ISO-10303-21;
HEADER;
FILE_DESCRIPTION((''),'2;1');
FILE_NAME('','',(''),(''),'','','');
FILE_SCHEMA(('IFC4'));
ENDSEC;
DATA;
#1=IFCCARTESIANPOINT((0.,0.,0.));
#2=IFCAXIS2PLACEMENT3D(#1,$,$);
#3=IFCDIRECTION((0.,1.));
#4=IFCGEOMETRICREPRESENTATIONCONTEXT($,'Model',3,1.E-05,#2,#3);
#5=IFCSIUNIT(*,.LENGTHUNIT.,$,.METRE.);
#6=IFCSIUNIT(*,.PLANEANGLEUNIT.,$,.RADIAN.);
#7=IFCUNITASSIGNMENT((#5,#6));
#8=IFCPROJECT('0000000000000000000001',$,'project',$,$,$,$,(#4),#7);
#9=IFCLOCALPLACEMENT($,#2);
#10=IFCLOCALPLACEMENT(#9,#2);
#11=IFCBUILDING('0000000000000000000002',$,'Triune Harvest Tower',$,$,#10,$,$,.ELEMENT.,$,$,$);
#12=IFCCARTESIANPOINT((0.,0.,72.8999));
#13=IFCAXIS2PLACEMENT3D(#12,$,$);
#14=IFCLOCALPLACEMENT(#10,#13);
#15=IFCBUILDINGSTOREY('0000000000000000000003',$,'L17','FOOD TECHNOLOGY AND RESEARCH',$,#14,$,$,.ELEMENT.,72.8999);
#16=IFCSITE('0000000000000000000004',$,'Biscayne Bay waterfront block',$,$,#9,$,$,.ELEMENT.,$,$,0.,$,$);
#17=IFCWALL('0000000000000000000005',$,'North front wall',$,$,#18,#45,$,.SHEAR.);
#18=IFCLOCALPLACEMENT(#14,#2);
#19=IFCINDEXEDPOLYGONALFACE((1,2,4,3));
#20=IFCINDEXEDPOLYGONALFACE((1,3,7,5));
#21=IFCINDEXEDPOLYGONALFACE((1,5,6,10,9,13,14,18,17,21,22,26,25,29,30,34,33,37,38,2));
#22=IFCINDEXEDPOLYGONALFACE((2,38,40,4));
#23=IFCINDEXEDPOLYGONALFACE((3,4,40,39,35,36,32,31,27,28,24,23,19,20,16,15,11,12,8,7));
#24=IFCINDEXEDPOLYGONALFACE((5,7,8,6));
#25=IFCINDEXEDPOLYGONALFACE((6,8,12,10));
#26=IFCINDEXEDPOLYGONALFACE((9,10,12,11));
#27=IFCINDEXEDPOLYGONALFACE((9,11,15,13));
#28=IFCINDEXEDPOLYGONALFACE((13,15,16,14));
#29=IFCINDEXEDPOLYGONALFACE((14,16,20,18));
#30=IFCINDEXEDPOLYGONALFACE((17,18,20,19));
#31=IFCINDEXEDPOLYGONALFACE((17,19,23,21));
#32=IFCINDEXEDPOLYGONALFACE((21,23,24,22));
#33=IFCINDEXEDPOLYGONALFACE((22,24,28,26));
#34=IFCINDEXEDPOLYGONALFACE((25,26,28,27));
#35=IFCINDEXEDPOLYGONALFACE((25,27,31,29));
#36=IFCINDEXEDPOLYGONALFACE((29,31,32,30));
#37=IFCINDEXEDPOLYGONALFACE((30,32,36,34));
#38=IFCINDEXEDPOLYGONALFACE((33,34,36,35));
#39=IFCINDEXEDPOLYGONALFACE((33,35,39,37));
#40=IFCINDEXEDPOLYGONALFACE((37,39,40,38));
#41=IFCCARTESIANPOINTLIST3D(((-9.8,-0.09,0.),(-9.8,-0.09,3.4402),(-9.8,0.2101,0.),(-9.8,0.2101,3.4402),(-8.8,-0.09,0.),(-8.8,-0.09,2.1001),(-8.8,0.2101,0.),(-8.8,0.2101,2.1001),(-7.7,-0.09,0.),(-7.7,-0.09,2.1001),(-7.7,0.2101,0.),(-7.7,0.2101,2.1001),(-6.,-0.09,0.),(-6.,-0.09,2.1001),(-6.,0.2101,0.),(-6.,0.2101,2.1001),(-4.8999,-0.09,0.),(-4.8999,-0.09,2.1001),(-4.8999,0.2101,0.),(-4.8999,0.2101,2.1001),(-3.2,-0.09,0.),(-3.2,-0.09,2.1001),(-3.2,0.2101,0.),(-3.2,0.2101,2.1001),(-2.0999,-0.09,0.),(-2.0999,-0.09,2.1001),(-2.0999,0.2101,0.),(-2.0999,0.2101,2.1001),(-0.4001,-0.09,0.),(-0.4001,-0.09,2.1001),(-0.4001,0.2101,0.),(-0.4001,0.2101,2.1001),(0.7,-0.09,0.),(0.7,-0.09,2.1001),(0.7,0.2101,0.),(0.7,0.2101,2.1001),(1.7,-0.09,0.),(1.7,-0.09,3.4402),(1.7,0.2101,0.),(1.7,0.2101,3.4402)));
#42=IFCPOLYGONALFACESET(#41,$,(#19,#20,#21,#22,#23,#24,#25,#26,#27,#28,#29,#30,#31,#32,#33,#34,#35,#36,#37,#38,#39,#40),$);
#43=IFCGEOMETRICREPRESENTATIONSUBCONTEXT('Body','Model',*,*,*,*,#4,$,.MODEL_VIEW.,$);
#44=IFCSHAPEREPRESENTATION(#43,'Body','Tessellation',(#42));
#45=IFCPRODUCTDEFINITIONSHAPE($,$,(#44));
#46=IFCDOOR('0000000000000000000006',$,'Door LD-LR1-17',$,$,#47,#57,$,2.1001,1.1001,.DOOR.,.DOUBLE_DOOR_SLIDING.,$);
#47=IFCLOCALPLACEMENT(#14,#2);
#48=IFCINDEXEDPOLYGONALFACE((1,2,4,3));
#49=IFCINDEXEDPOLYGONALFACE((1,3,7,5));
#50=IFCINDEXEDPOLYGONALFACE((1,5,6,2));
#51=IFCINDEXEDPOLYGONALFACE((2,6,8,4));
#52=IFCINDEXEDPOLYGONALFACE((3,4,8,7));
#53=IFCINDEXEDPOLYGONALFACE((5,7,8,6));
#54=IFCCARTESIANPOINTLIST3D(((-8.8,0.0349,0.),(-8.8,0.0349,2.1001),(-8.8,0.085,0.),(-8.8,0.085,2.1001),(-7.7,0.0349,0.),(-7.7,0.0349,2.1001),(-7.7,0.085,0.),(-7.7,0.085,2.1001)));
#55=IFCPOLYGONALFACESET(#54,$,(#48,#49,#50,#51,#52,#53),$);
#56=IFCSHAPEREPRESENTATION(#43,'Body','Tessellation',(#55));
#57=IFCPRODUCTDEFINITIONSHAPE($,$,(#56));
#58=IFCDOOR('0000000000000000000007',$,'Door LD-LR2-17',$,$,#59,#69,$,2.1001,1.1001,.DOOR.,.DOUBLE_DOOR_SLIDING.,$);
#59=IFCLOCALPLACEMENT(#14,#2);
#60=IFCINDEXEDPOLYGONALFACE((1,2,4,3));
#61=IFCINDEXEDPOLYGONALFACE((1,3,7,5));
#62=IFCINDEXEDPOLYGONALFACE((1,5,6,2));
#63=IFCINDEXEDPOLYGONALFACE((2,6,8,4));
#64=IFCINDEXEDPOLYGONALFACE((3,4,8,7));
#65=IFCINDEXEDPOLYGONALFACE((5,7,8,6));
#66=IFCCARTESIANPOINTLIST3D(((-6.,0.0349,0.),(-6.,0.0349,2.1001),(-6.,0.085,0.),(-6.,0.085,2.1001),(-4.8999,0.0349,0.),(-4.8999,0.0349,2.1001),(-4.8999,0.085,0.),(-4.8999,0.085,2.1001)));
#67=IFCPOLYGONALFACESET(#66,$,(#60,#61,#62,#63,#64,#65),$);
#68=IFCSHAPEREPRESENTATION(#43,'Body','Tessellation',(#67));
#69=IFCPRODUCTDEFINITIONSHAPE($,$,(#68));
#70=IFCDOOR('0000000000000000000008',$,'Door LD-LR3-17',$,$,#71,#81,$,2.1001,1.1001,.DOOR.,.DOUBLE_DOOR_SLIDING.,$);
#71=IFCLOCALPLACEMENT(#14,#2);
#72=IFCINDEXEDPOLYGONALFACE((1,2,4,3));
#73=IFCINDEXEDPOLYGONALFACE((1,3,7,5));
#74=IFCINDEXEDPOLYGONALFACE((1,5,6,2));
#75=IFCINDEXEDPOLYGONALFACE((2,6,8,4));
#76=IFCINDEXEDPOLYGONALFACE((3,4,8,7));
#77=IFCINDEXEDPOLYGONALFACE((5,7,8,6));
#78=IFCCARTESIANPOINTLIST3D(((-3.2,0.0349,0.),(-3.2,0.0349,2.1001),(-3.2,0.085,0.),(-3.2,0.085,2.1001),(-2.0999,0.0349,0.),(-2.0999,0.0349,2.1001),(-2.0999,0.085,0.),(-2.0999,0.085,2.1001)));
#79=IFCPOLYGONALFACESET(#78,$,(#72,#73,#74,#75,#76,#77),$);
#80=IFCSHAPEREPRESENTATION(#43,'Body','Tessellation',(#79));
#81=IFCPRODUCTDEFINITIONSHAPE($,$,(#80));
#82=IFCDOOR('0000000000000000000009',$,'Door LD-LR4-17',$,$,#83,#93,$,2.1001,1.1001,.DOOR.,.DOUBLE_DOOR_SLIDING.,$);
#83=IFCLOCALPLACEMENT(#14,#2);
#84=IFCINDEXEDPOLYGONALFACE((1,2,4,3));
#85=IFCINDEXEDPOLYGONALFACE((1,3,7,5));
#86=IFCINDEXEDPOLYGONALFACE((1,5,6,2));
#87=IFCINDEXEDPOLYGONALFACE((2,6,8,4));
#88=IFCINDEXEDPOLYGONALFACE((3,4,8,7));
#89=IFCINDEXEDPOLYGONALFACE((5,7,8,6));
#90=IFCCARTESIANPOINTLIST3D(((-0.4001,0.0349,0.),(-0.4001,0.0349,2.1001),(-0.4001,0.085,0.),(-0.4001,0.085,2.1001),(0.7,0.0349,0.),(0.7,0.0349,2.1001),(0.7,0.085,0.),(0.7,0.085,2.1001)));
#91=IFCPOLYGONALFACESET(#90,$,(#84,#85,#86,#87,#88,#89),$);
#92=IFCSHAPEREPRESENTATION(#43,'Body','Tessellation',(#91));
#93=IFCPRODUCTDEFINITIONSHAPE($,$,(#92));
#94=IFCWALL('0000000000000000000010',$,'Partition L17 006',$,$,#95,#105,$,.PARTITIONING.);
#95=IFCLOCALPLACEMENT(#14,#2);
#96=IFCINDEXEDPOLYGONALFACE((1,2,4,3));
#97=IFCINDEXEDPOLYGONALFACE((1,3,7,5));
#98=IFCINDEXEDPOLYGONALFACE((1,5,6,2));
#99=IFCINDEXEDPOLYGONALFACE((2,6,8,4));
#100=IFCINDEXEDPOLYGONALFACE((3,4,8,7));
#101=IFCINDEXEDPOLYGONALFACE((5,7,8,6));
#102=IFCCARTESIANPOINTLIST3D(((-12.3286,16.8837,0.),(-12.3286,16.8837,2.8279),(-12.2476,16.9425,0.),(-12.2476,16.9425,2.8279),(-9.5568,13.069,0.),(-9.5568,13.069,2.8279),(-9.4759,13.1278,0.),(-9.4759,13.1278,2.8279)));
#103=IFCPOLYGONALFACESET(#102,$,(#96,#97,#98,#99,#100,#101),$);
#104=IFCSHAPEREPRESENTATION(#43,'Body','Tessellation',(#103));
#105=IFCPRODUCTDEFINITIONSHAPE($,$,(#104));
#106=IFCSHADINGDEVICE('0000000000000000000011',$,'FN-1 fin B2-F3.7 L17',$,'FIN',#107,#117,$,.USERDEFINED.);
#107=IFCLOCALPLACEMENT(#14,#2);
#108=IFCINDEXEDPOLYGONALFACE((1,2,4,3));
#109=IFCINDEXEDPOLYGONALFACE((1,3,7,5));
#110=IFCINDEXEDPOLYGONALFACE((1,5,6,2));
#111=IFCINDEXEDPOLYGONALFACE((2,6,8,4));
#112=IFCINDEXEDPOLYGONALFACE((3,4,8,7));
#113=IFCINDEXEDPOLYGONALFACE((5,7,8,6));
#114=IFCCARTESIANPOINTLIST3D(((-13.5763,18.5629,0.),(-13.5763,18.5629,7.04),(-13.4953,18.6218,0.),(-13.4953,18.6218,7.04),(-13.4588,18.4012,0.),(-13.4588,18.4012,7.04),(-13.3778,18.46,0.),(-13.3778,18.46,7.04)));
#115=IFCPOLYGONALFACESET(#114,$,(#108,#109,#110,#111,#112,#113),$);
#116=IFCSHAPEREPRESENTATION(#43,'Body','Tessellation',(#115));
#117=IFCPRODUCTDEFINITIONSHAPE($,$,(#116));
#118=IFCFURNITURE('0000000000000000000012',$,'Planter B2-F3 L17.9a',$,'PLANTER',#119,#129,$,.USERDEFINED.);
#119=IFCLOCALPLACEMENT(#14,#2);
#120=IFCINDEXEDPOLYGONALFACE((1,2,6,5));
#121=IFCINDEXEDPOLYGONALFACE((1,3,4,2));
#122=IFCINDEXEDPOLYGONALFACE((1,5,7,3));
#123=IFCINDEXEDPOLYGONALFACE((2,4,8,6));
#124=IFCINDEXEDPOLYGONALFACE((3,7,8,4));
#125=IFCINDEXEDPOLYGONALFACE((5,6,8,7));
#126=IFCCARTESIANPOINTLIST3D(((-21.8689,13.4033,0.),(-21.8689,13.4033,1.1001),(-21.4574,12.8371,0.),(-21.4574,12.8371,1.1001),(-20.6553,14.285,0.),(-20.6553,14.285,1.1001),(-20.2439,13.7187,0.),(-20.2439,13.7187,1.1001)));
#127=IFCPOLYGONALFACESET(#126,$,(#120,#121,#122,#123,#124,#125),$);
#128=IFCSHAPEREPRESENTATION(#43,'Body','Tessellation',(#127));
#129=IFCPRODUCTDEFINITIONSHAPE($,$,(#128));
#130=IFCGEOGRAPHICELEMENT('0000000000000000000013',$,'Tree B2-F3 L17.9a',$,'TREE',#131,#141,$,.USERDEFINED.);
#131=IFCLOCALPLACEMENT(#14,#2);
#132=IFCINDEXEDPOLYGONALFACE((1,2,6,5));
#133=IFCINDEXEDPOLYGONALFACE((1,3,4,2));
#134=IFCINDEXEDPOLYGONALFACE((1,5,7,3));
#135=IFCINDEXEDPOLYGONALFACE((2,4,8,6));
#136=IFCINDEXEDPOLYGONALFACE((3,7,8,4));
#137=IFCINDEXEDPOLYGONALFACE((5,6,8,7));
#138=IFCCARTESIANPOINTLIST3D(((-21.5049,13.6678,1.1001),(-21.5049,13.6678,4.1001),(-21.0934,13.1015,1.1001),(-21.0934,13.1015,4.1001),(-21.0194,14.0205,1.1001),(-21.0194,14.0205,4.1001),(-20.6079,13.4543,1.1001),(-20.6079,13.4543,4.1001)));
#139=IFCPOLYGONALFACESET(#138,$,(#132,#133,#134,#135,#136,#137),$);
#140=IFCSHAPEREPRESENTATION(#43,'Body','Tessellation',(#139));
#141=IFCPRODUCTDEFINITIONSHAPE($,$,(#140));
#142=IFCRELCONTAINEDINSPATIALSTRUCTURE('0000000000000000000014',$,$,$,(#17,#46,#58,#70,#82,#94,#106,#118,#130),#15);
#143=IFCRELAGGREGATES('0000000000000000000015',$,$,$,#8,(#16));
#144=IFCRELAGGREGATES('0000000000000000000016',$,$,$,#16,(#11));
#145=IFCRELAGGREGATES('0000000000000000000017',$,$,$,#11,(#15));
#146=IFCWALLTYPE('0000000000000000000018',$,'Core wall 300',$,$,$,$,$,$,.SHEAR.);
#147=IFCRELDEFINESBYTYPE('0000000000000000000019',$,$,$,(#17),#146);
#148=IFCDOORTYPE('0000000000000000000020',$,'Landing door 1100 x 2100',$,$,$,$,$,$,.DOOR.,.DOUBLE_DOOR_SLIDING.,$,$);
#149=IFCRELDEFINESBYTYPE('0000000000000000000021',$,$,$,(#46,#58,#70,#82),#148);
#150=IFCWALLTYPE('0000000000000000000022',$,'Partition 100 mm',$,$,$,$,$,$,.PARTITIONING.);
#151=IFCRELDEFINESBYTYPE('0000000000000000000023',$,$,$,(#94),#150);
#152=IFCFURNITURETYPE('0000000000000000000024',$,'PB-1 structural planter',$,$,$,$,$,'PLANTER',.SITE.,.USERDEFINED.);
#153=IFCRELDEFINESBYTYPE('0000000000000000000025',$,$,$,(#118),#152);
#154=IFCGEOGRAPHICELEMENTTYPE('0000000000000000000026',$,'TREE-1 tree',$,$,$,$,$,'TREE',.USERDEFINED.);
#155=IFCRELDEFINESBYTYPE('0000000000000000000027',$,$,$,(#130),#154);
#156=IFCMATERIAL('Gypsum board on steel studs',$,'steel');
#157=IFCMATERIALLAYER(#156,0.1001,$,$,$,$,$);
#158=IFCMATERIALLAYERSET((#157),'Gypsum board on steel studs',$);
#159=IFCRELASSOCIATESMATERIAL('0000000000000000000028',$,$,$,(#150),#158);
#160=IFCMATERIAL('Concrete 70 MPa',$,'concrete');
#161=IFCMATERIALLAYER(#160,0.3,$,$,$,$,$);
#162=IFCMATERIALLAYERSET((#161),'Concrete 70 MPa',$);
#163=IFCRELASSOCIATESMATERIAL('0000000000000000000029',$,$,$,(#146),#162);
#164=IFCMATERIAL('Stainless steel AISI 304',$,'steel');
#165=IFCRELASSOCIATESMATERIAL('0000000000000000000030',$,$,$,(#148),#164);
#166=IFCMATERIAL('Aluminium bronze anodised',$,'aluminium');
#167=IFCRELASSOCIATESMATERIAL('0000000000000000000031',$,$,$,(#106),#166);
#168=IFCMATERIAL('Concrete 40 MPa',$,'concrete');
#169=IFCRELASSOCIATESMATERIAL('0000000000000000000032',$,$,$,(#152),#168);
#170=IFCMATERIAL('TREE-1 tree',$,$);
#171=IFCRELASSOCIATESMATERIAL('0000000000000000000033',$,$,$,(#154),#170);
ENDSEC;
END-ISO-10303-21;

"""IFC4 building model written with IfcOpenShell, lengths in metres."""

from ifc_helpers import new_model, si_unit, direction, frame, frame_2d, origin, origin_2d, place, context, subcontext, project, spatial, rectangle, extrude, source, transform, mapped, material, layer, layer_set, type_object, element, fill, save


model = new_model("IFC4")

# Units and contexts
model_context = context("Model", 3, precision=1e-05, world=origin(), true_north=direction((0.0, 1.0)))
body_context = subcontext(model_context, "Body", "Model", "MODEL_VIEW")
ifc_project = project(units=[si_unit("LENGTHUNIT", "METRE"), si_unit("PLANEANGLEUNIT", "RADIAN")], contexts=[model_context])

# Site, building, storey
site_placement = place(None, origin())
site = spatial("IfcSite", under=ifc_project, at=site_placement, Name="Biscayne Bay waterfront block", CompositionType="ELEMENT", RefElevation=0.0)
building_placement = place(site_placement, origin())
building = spatial("IfcBuilding", under=site, at=building_placement, Name="Triune Harvest Tower", CompositionType="ELEMENT")
storey_placement = place(building_placement, frame((0.0, 0.0, 72.8999)))
storey = spatial("IfcBuildingStorey", under=building, at=storey_placement, Name="L17", Description="FOOD TECHNOLOGY AND RESEARCH", CompositionType="ELEMENT", Elevation=72.8999)

# Shared definitions
ifc_material_1 = material(Name="Gypsum board on steel studs", Category="steel")
ifc_layer_1 = layer(ifc_material_1, 0.1001)
ifc_layer_set_1 = layer_set([ifc_layer_1], Name="Gypsum board on steel studs")
wall_type_1 = type_object("IfcWallType", Name="Partition 100 mm", PredefinedType="PARTITIONING", material=ifc_layer_set_1)

# Wall, openings, doors
ifc_material_2 = material(Name="Concrete 70 MPa", Category="concrete")
ifc_layer_2 = layer(ifc_material_2, 0.3)
ifc_layer_set_2 = layer_set([ifc_layer_2], Name="Concrete 70 MPa")
wall_type_2 = type_object("IfcWallType", Name="Core wall 300", PredefinedType="SHEAR", material=ifc_layer_set_2)
shared_shape_1 = source(origin(), body_context, "Body", "SweptSolid", [
    extrude(rectangle(XDim=11.5, YDim=0.3, at=frame_2d((5.75, 0.0))), origin(), (0.0, 0.0, 1.0), 3.4402),
])
wall_1_placement = place(storey_placement, frame((-9.8, 0.0601, 0.0), z_axis=(0.0, 0.0, 1.0), x_axis=(1.0, 0.0, 0.0)))
wall_1 = element("IfcWall", 1, at=wall_1_placement, inside=storey, type_object=wall_type_2, Name="North front wall", PredefinedType="SHEAR", context=body_context, shape_type="MappedRepresentation", body=[
    mapped(shared_shape_1, transform((0.0, 0.0, 0.0), scale=1.0)),
])
opening_1_placement = place(wall_1_placement, frame((1.0, 0.0, 0.0)))
opening_1 = element("IfcOpeningElement", 2, at=opening_1_placement, cuts=wall_1, PredefinedType="OPENING", context=body_context, shape_type="SweptSolid", body=[
    extrude(rectangle(XDim=1.1001, YDim=2.1001, at=frame_2d((0.55, 1.05))), frame((0.0, 0.1602, 0.0), z_axis=(0.0, -1.0, 0.0), x_axis=(1.0, 0.0, 0.0)), (0.0, 0.0, 1.0), 0.3201),
])
opening_2_placement = place(wall_1_placement, frame((3.8, 0.0, 0.0)))
opening_2 = element("IfcOpeningElement", 3, at=opening_2_placement, cuts=wall_1, PredefinedType="OPENING", context=body_context, shape_type="SweptSolid", body=[
    extrude(rectangle(XDim=1.1001, YDim=2.1001, at=frame_2d((0.55, 1.05))), frame((0.0, 0.1602, 0.0), z_axis=(0.0, -1.0, 0.0), x_axis=(1.0, 0.0, 0.0)), (0.0, 0.0, 1.0), 0.3201),
])
opening_3_placement = place(wall_1_placement, frame((6.6001, 0.0, 0.0)))
opening_3 = element("IfcOpeningElement", 4, at=opening_3_placement, cuts=wall_1, PredefinedType="OPENING", context=body_context, shape_type="SweptSolid", body=[
    extrude(rectangle(XDim=1.1001, YDim=2.1001, at=frame_2d((0.55, 1.05))), frame((0.0, 0.1602, 0.0), z_axis=(0.0, -1.0, 0.0), x_axis=(1.0, 0.0, 0.0)), (0.0, 0.0, 1.0), 0.3201),
])
opening_4_placement = place(wall_1_placement, frame((9.3999, 0.0, 0.0)))
opening_4 = element("IfcOpeningElement", 5, at=opening_4_placement, cuts=wall_1, PredefinedType="OPENING", context=body_context, shape_type="SweptSolid", body=[
    extrude(rectangle(XDim=1.1001, YDim=2.1001, at=frame_2d((0.55, 1.05))), frame((0.0, 0.1602, 0.0), z_axis=(0.0, -1.0, 0.0), x_axis=(1.0, 0.0, 0.0)), (0.0, 0.0, 1.0), 0.3201),
])
ifc_material_3 = material(Name="Stainless steel AISI 304", Category="steel")
door_type = type_object("IfcDoorType", Name="Landing door 1100 x 2100", OperationType="DOUBLE_DOOR_SLIDING", PredefinedType="DOOR", material=ifc_material_3)
door_1_placement = place(opening_1_placement, origin())
door_1 = element("IfcDoor", 6, at=door_1_placement, inside=storey, type_object=door_type, Name="Door LD-LR1-17", OperationType="DOUBLE_DOOR_SLIDING", OverallHeight=2.1001, OverallWidth=1.1001, PredefinedType="DOOR", context=body_context, shape_type="SweptSolid", body=[
    extrude(rectangle(XDim=1.1001, YDim=2.1001, at=frame_2d((0.55, 1.05))), frame((0.0, 0.0249, 0.0), z_axis=(0.0, -1.0, 0.0), x_axis=(1.0, 0.0, 0.0)), (0.0, 0.0, 1.0), 0.05),
])
fill(opening_1, door_1)
door_2_placement = place(opening_2_placement, origin())
door_2 = element("IfcDoor", 7, at=door_2_placement, inside=storey, type_object=door_type, Name="Door LD-LR2-17", OperationType="DOUBLE_DOOR_SLIDING", OverallHeight=2.1001, OverallWidth=1.1001, PredefinedType="DOOR", context=body_context, shape_type="SweptSolid", body=[
    extrude(rectangle(XDim=1.1001, YDim=2.1001, at=frame_2d((0.55, 1.05))), frame((0.0, 0.0249, 0.0), z_axis=(0.0, -1.0, 0.0), x_axis=(1.0, 0.0, 0.0)), (0.0, 0.0, 1.0), 0.05),
])
fill(opening_2, door_2)
door_3_placement = place(opening_3_placement, origin())
door_3 = element("IfcDoor", 8, at=door_3_placement, inside=storey, type_object=door_type, Name="Door LD-LR3-17", OperationType="DOUBLE_DOOR_SLIDING", OverallHeight=2.1001, OverallWidth=1.1001, PredefinedType="DOOR", context=body_context, shape_type="SweptSolid", body=[
    extrude(rectangle(XDim=1.1001, YDim=2.1001, at=frame_2d((0.55, 1.05))), frame((0.0, 0.0249, 0.0), z_axis=(0.0, -1.0, 0.0), x_axis=(1.0, 0.0, 0.0)), (0.0, 0.0, 1.0), 0.05),
])
fill(opening_3, door_3)
door_4_placement = place(opening_4_placement, origin())
door_4 = element("IfcDoor", 9, at=door_4_placement, inside=storey, type_object=door_type, Name="Door LD-LR4-17", OperationType="DOUBLE_DOOR_SLIDING", OverallHeight=2.1001, OverallWidth=1.1001, PredefinedType="DOOR", context=body_context, shape_type="SweptSolid", body=[
    extrude(rectangle(XDim=1.1001, YDim=2.1001, at=frame_2d((0.55, 1.05))), frame((0.0, 0.0249, 0.0), z_axis=(0.0, -1.0, 0.0), x_axis=(1.0, 0.0, 0.0)), (0.0, 0.0, 1.0), 0.05),
])
fill(opening_4, door_4)

# Wall
shared_shape_2 = source(origin(), body_context, "Body", "SweptSolid", [
    extrude(rectangle(XDim=4.7153, YDim=0.1001, at=frame_2d((2.3577, 0.0))), origin(), (0.0, 0.0, 1.0), 2.8279),
])
wall_2_placement = place(storey_placement, frame((-12.2881, 16.9131, 0.0), z_axis=(0.0, 0.0, 1.0), x_axis=(0.587811, -0.808998, 0.0)))
element("IfcWall", 10, at=wall_2_placement, inside=storey, type_object=wall_type_1, Name="Partition L17 006", PredefinedType="PARTITIONING", context=body_context, shape_type="MappedRepresentation", body=[
    mapped(shared_shape_2, transform((0.0, 0.0, 0.0), scale=1.0)),
])

# Shading device
ifc_material_4 = material(Name="Aluminium bronze anodised", Category="aluminium")
shared_shape_3 = source(origin(), body_context, "Body", "SweptSolid", [
    extrude(rectangle(XDim=0.1001, YDim=0.2, at=origin_2d()), origin(), (0.0, 0.0, 1.0), 7.04),
])
shading_device_placement = place(storey_placement, frame((-13.4771, 18.5115, 0.0), z_axis=(0.0, 0.0, 1.0), x_axis=(-0.809017, -0.587785, 0.0)))
element("IfcShadingDevice", 11, at=shading_device_placement, inside=storey, material=ifc_material_4, Name="FN-1 fin B2-F3.7 L17", ObjectType="FIN", PredefinedType="USERDEFINED", context=body_context, shape_type="MappedRepresentation", body=[
    mapped(shared_shape_3, transform((0.0, 0.0, 0.0), scale=1.0)),
])

# Furniture
ifc_material_5 = material(Name="Concrete 40 MPa", Category="concrete")
furniture_type = type_object("IfcFurnitureType", Name="PB-1 structural planter", ElementType="PLANTER", AssemblyPlace="SITE", PredefinedType="USERDEFINED", material=ifc_material_5)
shared_shape_4 = source(origin(), body_context, "Body", "SweptSolid", [
    extrude(rectangle(XDim=1.5, YDim=0.7, at=origin_2d()), origin(), (0.0, 0.0, 1.0), 1.1001),
])
furniture_placement = place(storey_placement, frame((-21.0564, 13.561, 0.0), z_axis=(0.0, 0.0, 1.0), x_axis=(-0.809017, -0.587785, 0.0)))
element("IfcFurniture", 12, at=furniture_placement, inside=storey, type_object=furniture_type, Name="Planter B2-F3 L17.9a", ObjectType="PLANTER", PredefinedType="USERDEFINED", context=body_context, shape_type="MappedRepresentation", body=[
    mapped(shared_shape_4, transform((0.0, 0.0, 0.0), scale=1.0)),
])

# Geographic element
ifc_material_6 = material(Name="TREE-1 tree")
geographic_element_type = type_object("IfcGeographicElementType", Name="TREE-1 tree", ElementType="TREE", PredefinedType="USERDEFINED", material=ifc_material_6)
shared_shape_5 = source(origin(), body_context, "Body", "SweptSolid", [
    extrude(rectangle(XDim=0.6001, YDim=0.7, at=origin_2d()), origin(), (0.0, 0.0, 1.0), 3.0),
])
geographic_element_placement = place(storey_placement, frame((-21.0564, 13.561, 1.1001), z_axis=(0.0, 0.0, 1.0), x_axis=(-0.809017, -0.587785, 0.0)))
element("IfcGeographicElement", 13, at=geographic_element_placement, inside=storey, type_object=geographic_element_type, Name="Tree B2-F3 L17.9a", ObjectType="TREE", PredefinedType="USERDEFINED", context=body_context, shape_type="MappedRepresentation", body=[
    mapped(shared_shape_5, transform((0.0, 0.0, 0.0), scale=1.0)),
])

save(model, "model.ifc")
